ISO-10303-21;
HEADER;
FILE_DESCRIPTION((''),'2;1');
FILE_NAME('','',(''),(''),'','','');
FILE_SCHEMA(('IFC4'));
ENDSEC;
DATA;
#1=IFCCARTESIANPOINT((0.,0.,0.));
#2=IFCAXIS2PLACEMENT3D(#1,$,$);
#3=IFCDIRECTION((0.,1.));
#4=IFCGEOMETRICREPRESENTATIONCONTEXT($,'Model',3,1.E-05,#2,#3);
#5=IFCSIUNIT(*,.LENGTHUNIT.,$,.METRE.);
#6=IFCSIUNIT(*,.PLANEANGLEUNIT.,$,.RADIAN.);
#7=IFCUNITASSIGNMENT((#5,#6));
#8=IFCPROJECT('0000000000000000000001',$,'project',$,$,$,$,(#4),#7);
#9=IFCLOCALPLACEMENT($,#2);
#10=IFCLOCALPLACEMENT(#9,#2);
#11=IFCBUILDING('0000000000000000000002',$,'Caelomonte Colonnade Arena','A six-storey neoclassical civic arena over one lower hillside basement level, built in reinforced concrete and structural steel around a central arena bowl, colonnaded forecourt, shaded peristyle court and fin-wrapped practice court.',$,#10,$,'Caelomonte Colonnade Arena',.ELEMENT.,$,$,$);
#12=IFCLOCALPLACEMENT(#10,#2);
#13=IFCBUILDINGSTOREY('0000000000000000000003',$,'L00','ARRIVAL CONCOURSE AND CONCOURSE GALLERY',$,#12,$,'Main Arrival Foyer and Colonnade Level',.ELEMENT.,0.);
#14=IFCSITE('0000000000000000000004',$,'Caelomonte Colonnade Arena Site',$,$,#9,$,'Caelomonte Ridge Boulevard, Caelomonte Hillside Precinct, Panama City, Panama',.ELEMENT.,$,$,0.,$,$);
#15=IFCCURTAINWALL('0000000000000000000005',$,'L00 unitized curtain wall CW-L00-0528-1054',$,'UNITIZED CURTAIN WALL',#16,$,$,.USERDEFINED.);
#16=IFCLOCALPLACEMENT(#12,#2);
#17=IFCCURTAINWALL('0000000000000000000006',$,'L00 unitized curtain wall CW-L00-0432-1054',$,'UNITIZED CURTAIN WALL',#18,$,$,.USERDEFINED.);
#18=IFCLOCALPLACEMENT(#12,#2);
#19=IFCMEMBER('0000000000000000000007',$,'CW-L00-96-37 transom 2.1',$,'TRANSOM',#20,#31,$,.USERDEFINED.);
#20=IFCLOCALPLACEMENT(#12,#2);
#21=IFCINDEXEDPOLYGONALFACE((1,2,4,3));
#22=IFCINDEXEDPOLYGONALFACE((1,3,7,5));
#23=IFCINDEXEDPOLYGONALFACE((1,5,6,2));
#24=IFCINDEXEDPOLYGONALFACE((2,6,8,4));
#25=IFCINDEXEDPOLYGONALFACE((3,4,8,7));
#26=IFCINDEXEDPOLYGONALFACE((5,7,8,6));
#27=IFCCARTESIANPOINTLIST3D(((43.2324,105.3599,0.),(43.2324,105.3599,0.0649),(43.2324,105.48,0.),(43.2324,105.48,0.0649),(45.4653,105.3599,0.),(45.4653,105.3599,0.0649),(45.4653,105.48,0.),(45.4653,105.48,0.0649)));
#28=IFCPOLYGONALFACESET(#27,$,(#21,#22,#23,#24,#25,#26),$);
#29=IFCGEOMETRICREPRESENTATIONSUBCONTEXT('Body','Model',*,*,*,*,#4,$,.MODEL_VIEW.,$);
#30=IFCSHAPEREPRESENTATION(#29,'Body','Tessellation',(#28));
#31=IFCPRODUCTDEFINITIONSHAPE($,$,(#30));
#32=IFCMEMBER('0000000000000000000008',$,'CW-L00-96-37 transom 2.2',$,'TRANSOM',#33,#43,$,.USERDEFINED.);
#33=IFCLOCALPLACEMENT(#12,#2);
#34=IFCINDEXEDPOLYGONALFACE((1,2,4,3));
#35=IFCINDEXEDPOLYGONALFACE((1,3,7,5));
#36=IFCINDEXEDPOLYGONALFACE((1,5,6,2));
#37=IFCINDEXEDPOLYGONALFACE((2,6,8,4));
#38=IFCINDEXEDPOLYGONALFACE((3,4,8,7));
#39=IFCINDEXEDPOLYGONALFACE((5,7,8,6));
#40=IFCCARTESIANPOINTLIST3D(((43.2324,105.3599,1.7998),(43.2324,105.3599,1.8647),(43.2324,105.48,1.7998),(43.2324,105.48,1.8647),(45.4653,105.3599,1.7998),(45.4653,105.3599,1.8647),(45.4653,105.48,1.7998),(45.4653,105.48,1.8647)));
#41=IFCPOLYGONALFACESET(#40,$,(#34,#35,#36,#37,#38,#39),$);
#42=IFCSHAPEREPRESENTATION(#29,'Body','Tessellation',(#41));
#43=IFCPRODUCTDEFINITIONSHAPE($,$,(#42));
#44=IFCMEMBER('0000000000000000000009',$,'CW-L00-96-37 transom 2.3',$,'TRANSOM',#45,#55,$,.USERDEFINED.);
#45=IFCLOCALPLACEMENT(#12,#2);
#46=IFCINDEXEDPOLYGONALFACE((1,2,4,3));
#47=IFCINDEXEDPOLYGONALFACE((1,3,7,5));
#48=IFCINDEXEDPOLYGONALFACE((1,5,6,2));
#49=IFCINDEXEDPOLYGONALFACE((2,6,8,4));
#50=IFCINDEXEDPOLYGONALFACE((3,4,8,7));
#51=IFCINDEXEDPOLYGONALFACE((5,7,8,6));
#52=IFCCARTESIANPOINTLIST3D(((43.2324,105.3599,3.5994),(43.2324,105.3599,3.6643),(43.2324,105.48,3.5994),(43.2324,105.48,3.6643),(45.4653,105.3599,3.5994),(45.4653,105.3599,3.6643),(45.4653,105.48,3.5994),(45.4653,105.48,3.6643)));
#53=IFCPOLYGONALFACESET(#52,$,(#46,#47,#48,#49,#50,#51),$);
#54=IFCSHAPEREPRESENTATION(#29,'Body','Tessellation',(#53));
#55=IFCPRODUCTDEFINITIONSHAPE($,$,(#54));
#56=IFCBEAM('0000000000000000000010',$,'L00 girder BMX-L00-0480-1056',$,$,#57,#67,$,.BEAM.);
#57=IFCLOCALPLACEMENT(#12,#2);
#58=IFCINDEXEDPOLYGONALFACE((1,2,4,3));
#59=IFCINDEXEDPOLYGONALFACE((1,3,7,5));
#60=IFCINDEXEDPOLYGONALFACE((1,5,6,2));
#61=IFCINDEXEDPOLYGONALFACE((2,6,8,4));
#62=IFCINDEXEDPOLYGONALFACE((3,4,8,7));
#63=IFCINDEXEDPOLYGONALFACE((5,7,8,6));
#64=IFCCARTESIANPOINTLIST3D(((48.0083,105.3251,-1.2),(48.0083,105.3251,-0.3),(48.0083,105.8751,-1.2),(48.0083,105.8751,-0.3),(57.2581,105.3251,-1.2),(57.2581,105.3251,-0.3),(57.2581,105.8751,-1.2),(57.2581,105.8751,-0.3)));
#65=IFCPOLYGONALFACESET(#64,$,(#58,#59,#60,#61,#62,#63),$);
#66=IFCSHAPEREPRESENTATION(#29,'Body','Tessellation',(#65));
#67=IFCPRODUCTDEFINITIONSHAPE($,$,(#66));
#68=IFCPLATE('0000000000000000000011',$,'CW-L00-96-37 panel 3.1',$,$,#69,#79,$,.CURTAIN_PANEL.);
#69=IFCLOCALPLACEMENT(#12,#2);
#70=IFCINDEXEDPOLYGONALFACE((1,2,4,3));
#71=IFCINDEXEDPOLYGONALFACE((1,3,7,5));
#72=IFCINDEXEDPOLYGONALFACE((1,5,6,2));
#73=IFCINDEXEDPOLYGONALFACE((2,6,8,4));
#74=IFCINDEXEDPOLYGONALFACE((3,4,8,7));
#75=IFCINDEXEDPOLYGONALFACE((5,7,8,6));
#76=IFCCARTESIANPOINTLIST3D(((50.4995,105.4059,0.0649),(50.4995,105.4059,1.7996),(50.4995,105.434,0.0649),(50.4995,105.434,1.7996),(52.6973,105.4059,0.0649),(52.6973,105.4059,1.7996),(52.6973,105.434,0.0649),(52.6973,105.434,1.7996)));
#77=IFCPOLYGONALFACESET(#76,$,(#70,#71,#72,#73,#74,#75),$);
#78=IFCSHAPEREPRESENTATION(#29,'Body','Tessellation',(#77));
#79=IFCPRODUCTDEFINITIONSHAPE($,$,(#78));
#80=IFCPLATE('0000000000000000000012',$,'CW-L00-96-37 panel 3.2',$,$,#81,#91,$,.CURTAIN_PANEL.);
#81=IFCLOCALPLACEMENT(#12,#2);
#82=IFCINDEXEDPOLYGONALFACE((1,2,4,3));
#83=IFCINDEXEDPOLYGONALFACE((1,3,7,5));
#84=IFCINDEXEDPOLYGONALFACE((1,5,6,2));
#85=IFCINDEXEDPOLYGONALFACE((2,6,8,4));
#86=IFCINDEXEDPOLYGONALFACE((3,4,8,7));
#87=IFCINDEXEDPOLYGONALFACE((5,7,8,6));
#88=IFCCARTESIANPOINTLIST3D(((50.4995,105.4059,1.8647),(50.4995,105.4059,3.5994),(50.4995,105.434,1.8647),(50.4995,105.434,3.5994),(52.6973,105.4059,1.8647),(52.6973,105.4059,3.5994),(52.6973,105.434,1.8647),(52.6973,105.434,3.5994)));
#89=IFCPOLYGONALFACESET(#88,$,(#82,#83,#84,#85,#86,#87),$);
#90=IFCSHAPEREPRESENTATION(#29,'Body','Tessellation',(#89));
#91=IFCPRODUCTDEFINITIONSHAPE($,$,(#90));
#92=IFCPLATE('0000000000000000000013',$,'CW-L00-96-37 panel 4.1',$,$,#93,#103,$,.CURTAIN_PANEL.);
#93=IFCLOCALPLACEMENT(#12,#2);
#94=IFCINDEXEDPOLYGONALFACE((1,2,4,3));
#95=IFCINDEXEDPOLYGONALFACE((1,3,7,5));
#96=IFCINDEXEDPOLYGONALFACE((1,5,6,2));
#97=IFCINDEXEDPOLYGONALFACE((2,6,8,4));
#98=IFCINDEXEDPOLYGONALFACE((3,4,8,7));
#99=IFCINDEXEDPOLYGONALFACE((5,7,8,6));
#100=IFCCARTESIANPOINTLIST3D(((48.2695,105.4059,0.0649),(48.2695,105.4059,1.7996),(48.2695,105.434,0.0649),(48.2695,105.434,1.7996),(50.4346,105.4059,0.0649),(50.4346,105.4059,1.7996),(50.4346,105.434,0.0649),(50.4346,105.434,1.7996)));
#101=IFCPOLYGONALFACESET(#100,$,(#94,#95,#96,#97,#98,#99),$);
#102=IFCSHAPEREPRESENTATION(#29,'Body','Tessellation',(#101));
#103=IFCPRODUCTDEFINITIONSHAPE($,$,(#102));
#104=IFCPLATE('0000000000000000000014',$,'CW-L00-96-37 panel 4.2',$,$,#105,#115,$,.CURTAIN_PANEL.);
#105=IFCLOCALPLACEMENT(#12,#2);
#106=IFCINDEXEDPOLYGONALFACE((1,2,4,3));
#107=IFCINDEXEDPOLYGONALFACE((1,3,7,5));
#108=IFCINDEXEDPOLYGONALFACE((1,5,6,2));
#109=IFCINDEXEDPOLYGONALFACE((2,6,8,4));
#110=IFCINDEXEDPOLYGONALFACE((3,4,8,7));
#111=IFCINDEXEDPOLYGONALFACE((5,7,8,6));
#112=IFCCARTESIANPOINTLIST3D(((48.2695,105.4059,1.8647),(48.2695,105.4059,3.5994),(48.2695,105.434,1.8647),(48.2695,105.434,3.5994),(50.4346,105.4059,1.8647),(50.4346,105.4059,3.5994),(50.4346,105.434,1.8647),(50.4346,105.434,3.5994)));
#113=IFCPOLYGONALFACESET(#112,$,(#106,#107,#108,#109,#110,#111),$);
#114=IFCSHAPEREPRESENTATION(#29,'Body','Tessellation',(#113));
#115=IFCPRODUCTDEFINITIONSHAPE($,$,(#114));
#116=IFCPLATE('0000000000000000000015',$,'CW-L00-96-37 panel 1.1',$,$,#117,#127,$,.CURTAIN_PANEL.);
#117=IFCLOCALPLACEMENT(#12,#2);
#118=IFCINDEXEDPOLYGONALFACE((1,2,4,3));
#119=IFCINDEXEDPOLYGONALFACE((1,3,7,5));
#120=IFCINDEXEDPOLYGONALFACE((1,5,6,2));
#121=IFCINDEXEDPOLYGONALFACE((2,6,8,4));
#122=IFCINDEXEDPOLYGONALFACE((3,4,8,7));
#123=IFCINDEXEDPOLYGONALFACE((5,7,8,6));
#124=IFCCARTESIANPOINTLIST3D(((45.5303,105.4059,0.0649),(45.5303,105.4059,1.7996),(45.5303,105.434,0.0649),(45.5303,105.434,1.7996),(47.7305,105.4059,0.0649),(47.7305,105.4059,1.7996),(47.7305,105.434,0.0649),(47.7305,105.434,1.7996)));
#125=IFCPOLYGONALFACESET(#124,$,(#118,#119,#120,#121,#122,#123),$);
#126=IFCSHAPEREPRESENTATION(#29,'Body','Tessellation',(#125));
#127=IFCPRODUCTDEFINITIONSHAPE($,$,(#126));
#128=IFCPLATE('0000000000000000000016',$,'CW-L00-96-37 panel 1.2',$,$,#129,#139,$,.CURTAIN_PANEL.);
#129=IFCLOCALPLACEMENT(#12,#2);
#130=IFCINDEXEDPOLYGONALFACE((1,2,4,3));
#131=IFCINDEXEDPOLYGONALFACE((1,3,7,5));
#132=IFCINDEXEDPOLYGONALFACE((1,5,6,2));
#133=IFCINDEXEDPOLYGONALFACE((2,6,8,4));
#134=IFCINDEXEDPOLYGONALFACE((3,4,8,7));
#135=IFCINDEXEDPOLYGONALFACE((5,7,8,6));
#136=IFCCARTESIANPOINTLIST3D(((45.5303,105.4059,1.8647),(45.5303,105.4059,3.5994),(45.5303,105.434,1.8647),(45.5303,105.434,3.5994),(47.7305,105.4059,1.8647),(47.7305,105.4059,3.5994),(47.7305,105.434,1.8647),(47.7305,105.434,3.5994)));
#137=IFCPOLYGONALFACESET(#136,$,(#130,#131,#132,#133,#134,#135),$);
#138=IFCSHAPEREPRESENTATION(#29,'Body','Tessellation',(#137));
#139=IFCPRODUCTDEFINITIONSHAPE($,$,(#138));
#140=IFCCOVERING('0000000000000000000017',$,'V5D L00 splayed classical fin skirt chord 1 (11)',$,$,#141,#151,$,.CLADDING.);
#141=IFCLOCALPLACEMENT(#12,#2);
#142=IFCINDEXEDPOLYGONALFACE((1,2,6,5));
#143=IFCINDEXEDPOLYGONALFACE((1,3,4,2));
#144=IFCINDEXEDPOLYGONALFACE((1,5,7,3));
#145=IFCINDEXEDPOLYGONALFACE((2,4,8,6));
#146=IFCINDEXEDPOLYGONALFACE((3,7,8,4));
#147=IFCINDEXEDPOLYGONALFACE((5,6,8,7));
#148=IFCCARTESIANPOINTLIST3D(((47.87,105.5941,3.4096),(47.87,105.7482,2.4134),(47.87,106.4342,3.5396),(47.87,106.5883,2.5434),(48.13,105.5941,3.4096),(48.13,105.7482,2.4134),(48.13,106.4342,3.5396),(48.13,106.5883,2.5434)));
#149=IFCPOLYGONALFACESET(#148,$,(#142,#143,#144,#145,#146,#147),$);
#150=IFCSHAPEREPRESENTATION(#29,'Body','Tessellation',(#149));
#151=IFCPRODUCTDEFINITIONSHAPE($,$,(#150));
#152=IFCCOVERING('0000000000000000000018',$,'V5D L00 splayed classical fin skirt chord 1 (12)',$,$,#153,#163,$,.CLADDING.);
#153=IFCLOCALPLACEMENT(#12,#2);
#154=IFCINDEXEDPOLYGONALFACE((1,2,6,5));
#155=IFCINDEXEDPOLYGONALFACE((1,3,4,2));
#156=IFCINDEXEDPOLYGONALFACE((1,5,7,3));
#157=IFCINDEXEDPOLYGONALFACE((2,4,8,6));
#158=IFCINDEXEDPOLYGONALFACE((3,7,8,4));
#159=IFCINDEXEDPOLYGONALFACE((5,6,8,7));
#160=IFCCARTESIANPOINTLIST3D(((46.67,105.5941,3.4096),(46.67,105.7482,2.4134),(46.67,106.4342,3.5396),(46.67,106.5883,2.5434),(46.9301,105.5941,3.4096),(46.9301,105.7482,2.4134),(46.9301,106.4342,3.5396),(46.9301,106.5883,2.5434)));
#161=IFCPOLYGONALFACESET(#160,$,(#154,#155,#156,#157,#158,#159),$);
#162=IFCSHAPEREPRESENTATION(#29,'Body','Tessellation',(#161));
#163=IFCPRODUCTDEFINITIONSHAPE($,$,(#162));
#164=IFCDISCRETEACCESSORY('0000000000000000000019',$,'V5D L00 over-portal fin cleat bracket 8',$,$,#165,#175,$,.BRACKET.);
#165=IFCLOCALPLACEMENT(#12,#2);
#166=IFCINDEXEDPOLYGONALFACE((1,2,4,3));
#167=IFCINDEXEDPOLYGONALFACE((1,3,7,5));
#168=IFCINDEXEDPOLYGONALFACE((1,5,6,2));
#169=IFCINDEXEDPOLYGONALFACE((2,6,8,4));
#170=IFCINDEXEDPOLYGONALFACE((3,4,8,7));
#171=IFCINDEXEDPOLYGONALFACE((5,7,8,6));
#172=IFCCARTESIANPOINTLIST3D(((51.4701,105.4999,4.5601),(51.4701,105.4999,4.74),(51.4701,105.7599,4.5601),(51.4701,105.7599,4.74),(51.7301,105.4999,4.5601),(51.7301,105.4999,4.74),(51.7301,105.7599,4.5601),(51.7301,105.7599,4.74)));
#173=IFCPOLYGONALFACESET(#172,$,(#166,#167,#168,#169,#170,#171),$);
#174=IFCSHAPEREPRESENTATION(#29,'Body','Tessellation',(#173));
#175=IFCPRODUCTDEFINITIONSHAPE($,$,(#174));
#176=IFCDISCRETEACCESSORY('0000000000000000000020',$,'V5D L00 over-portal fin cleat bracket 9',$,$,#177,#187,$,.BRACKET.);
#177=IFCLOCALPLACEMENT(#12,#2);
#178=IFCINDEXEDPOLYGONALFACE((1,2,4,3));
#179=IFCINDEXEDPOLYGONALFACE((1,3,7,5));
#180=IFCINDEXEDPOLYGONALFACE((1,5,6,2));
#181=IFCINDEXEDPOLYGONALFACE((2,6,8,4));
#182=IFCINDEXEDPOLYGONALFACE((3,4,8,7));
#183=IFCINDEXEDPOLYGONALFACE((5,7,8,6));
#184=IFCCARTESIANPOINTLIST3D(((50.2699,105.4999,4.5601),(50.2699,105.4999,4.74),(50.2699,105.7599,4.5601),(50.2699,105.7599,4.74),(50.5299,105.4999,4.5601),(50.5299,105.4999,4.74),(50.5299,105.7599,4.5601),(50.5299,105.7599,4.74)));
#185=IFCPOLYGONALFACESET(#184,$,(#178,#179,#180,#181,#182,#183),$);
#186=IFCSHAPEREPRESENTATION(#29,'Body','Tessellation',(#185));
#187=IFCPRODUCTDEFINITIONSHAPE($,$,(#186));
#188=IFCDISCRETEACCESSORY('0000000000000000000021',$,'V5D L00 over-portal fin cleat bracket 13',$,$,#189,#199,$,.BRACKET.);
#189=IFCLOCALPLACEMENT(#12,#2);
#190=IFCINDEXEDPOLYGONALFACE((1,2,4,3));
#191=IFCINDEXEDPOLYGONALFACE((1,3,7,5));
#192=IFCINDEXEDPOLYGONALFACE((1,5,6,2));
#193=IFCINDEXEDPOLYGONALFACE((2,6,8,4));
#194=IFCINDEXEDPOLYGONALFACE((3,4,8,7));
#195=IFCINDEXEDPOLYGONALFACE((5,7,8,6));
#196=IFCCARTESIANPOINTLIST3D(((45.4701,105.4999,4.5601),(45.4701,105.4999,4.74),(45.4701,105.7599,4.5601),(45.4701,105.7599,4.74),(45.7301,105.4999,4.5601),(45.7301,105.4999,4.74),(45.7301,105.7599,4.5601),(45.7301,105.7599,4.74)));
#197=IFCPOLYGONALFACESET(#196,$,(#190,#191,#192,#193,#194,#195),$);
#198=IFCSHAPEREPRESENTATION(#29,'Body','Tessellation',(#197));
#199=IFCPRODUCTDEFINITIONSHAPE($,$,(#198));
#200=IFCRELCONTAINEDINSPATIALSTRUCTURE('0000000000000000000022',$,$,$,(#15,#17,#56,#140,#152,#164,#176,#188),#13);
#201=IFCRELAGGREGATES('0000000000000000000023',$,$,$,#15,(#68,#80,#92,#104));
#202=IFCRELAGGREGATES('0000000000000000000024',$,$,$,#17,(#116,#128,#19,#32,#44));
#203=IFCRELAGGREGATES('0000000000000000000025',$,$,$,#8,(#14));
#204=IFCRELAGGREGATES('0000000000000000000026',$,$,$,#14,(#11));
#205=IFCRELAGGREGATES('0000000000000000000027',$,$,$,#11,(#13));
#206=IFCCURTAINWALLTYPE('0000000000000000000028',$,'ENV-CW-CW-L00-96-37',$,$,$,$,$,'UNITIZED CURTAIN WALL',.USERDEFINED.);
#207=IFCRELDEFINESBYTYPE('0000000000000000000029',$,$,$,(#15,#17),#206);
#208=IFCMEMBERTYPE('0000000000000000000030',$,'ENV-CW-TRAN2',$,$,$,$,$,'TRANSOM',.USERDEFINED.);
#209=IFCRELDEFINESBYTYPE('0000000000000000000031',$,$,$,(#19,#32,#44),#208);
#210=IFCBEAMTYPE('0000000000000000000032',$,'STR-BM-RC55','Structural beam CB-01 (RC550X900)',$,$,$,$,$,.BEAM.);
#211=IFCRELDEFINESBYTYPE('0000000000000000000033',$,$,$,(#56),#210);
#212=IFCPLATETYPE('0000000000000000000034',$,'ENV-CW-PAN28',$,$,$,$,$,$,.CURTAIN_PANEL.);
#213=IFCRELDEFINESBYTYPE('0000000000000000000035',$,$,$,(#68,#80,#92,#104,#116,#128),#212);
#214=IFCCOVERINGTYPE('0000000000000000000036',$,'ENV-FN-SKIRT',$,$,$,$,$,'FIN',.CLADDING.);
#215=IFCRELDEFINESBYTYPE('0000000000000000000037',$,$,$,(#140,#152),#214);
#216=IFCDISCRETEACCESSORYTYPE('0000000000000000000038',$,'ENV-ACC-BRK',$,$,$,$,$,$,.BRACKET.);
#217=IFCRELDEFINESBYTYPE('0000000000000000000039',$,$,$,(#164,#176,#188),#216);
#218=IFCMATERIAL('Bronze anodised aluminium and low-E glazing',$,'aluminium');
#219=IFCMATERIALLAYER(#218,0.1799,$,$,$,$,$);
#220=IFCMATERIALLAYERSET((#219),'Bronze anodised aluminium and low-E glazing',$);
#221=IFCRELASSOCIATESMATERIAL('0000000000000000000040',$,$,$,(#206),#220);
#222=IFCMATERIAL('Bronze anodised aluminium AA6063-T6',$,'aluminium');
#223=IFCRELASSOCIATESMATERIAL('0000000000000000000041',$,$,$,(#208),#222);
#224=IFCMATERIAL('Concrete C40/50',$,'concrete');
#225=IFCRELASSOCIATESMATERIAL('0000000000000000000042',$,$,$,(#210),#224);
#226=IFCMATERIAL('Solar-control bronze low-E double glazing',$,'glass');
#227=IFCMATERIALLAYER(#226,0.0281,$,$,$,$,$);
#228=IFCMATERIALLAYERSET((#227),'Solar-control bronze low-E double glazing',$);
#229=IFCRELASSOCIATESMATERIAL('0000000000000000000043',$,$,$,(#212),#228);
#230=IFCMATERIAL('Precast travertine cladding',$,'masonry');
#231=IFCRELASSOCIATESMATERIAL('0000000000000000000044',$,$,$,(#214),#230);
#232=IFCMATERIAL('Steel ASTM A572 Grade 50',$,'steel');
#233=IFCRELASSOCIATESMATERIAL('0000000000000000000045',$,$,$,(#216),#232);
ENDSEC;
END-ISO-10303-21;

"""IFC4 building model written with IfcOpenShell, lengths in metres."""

from ifc_helpers import new_model, si_unit, direction, frame, origin, origin_2d, place, context, subcontext, project, spatial, rectangle, extrude, material, layer, layer_set, material_profile, profile_set, type_object, element, aggregate, save


model = new_model("IFC4")

# Units and contexts
model_context = context("Model", 3, precision=1e-05, world=origin(), true_north=direction((0.0, 1.0)))
body_context = subcontext(model_context, "Body", "Model", "MODEL_VIEW")
ifc_project = project(units=[si_unit("LENGTHUNIT", "METRE"), si_unit("PLANEANGLEUNIT", "RADIAN")], contexts=[model_context])

# Site, building, storey
site_placement = place(None, origin())
site = spatial("IfcSite", under=ifc_project, at=site_placement, Name="Caelomonte Colonnade Arena Site", LongName="Caelomonte Ridge Boulevard, Caelomonte Hillside Precinct, Panama City, Panama", CompositionType="ELEMENT", RefElevation=0.0)
building_placement = place(site_placement, origin())
building = spatial("IfcBuilding", under=site, at=building_placement, Name="Caelomonte Colonnade Arena", Description="A six-storey neoclassical civic arena over one lower hillside basement level, built in reinforced concrete and structural steel around a central arena bowl, colonnaded forecourt, shaded peristyle court and fin-wrapped practice court.", LongName="Caelomonte Colonnade Arena", CompositionType="ELEMENT")
storey_placement = place(building_placement, origin())
storey = spatial("IfcBuildingStorey", under=building, at=storey_placement, Name="L00", Description="ARRIVAL CONCOURSE AND CONCOURSE GALLERY", LongName="Main Arrival Foyer and Colonnade Level", CompositionType="ELEMENT", Elevation=0.0)

# Curtain walls
ifc_material_1 = material(Name="Bronze anodised aluminium and low-E glazing", Category="aluminium")
ifc_layer_1 = layer(ifc_material_1, 0.1799)
ifc_layer_set_1 = layer_set([ifc_layer_1], Name="Bronze anodised aluminium and low-E glazing")
curtain_wall_type = type_object("IfcCurtainWallType", Name="ENV-CW-CW-L00-96-37", ElementType="UNITIZED CURTAIN WALL", PredefinedType="USERDEFINED", material=ifc_layer_set_1)
curtain_wall_1_placement = place(storey_placement, origin())
curtain_wall_1 = element("IfcCurtainWall", 1, at=curtain_wall_1_placement, inside=storey, type_object=curtain_wall_type, Name="L00 unitized curtain wall CW-L00-0528-1054", ObjectType="UNITIZED CURTAIN WALL", PredefinedType="USERDEFINED")
ifc_material_2 = material(Name="Bronze anodised aluminium AA6063-T6", Category="aluminium")
curtain_wall_2_placement = place(storey_placement, origin())
curtain_wall_2 = element("IfcCurtainWall", 2, at=curtain_wall_2_placement, inside=storey, type_object=curtain_wall_type, Name="L00 unitized curtain wall CW-L00-0432-1054", ObjectType="UNITIZED CURTAIN WALL", PredefinedType="USERDEFINED")

# Members
ifc_material_profile_1 = material_profile(ifc_material_2, rectangle(XDim=0.0649, YDim=0.1201, at=origin_2d()), Name="CWT-65X120")
ifc_profile_set_1 = profile_set([ifc_material_profile_1], Name="Bronze anodised aluminium AA6063-T6")
member_type_1 = type_object("IfcMemberType", Name="ENV-CW-TRAN2", ElementType="TRANSOM", PredefinedType="USERDEFINED", material=ifc_profile_set_1)
member_1_placement = place(storey_placement, frame((45.4653, 105.4199, 0.0325), z_axis=(-1.0, 0.0, 0.0), x_axis=(0.0, 0.0, 1.0)))
member_1 = element("IfcMember", 3, at=member_1_placement, type_object=member_type_1, Name="CW-L00-96-37 transom 2.1", ObjectType="TRANSOM", PredefinedType="USERDEFINED", context=body_context, shape_type="SweptSolid", body=[
    extrude(rectangle(XDim=0.0649, YDim=0.1201, at=origin_2d()), origin(), (0.0, 0.0, 1.0), 2.2329),
])
member_2_placement = place(storey_placement, frame((45.4653, 105.4199, 1.8323), z_axis=(-1.0, 0.0, 0.0), x_axis=(0.0, 0.0, 1.0)))
member_2 = element("IfcMember", 4, at=member_2_placement, type_object=member_type_1, Name="CW-L00-96-37 transom 2.2", ObjectType="TRANSOM", PredefinedType="USERDEFINED", context=body_context, shape_type="SweptSolid", body=[
    extrude(rectangle(XDim=0.0649, YDim=0.1201, at=origin_2d()), origin(), (0.0, 0.0, 1.0), 2.2329),
])
member_3_placement = place(storey_placement, frame((45.4653, 105.4199, 3.6318), z_axis=(-1.0, 0.0, 0.0), x_axis=(0.0, 0.0, 1.0)))
member_3 = element("IfcMember", 5, at=member_3_placement, type_object=member_type_1, Name="CW-L00-96-37 transom 2.3", ObjectType="TRANSOM", PredefinedType="USERDEFINED", context=body_context, shape_type="SweptSolid", body=[
    extrude(rectangle(XDim=0.0649, YDim=0.1201, at=origin_2d()), origin(), (0.0, 0.0, 1.0), 2.2329),
])

# Beam
ifc_material_3 = material(Name="Concrete C40/50", Category="concrete")
ifc_material_profile_2 = material_profile(ifc_material_3, rectangle(XDim=0.55, YDim=0.8999, at=origin_2d()), Name="RC550X900")
ifc_profile_set_2 = profile_set([ifc_material_profile_2], Name="Concrete C40/50")
beam_type = type_object("IfcBeamType", Name="STR-BM-RC55", Description="Structural beam CB-01 (RC550X900)", PredefinedType="BEAM", material=ifc_profile_set_2)
beam_placement = place(storey_placement, frame((48.0083, 105.6001, -0.75), z_axis=(1.0, 0.0, 0.0), x_axis=(0.0, 1.0, 0.0)))
element("IfcBeam", 6, at=beam_placement, inside=storey, type_object=beam_type, Name="L00 girder BMX-L00-0480-1056", PredefinedType="BEAM", context=body_context, shape_type="SweptSolid", body=[
    extrude(rectangle(XDim=0.55, YDim=0.8999, at=origin_2d()), origin(), (0.0, 0.0, 1.0), 9.2498),
])

# Plates
ifc_material_4 = material(Name="Solar-control bronze low-E double glazing", Category="glass")
ifc_layer_2 = layer(ifc_material_4, 0.0281)
ifc_layer_set_2 = layer_set([ifc_layer_2], Name="Solar-control bronze low-E double glazing")
plate_type = type_object("IfcPlateType", Name="ENV-CW-PAN28", PredefinedType="CURTAIN_PANEL", material=ifc_layer_set_2)
plate_1_placement = place(storey_placement, frame((51.5984, 105.4199, 0.0649), z_axis=(0.0, 0.0, 1.0), x_axis=(-1.0, 0.0, 0.0)))
plate_1 = element("IfcPlate", 7, at=plate_1_placement, type_object=plate_type, Name="CW-L00-96-37 panel 3.1", PredefinedType="CURTAIN_PANEL", context=body_context, shape_type="SweptSolid", body=[
    extrude(rectangle(XDim=2.1978, YDim=0.0281, at=origin_2d()), origin(), (0.0, 0.0, 1.0), 1.7346),
])
plate_2_placement = place(storey_placement, frame((51.5984, 105.4199, 1.8647), z_axis=(0.0, 0.0, 1.0), x_axis=(-1.0, 0.0, 0.0)))
plate_2 = element("IfcPlate", 8, at=plate_2_placement, type_object=plate_type, Name="CW-L00-96-37 panel 3.2", PredefinedType="CURTAIN_PANEL", context=body_context, shape_type="SweptSolid", body=[
    extrude(rectangle(XDim=2.1978, YDim=0.0281, at=origin_2d()), origin(), (0.0, 0.0, 1.0), 1.7346),
])
plate_3_placement = place(storey_placement, frame((49.3521, 105.4199, 0.0649), z_axis=(0.0, 0.0, 1.0), x_axis=(-1.0, 0.0, 0.0)))
plate_3 = element("IfcPlate", 9, at=plate_3_placement, type_object=plate_type, Name="CW-L00-96-37 panel 4.1", PredefinedType="CURTAIN_PANEL", context=body_context, shape_type="SweptSolid", body=[
    extrude(rectangle(XDim=2.165, YDim=0.0281, at=origin_2d()), origin(), (0.0, 0.0, 1.0), 1.7346),
])
plate_4_placement = place(storey_placement, frame((49.3521, 105.4199, 1.8647), z_axis=(0.0, 0.0, 1.0), x_axis=(-1.0, 0.0, 0.0)))
plate_4 = element("IfcPlate", 10, at=plate_4_placement, type_object=plate_type, Name="CW-L00-96-37 panel 4.2", PredefinedType="CURTAIN_PANEL", context=body_context, shape_type="SweptSolid", body=[
    extrude(rectangle(XDim=2.165, YDim=0.0281, at=origin_2d()), origin(), (0.0, 0.0, 1.0), 1.7346),
])
aggregate(curtain_wall_1, [plate_1, plate_2, plate_3, plate_4])
plate_5_placement = place(storey_placement, frame((46.6304, 105.4199, 0.0649), z_axis=(0.0, 0.0, 1.0), x_axis=(-1.0, 0.0, 0.0)))
plate_5 = element("IfcPlate", 11, at=plate_5_placement, type_object=plate_type, Name="CW-L00-96-37 panel 1.1", PredefinedType="CURTAIN_PANEL", context=body_context, shape_type="SweptSolid", body=[
    extrude(rectangle(XDim=2.2002, YDim=0.0281, at=origin_2d()), origin(), (0.0, 0.0, 1.0), 1.7346),
])
plate_6_placement = place(storey_placement, frame((46.6304, 105.4199, 1.8647), z_axis=(0.0, 0.0, 1.0), x_axis=(-1.0, 0.0, 0.0)))
plate_6 = element("IfcPlate", 12, at=plate_6_placement, type_object=plate_type, Name="CW-L00-96-37 panel 1.2", PredefinedType="CURTAIN_PANEL", context=body_context, shape_type="SweptSolid", body=[
    extrude(rectangle(XDim=2.2002, YDim=0.0281, at=origin_2d()), origin(), (0.0, 0.0, 1.0), 1.7346),
])
aggregate(curtain_wall_2, [plate_5, plate_6, member_1, member_2, member_3])

# Coverings
ifc_material_5 = material(Name="Precast travertine cladding", Category="masonry")
ifc_material_profile_3 = material_profile(ifc_material_5, rectangle(XDim=0.26, YDim=0.8501, at=origin_2d()), Name="FIN260X850")
ifc_profile_set_3 = profile_set([ifc_material_profile_3], Name="Precast travertine cladding")
covering_type = type_object("IfcCoveringType", Name="ENV-FN-SKIRT", ElementType="FIN", PredefinedType="CLADDING", material=ifc_profile_set_3)
for number, where, z_axis, x_axis, name in (
    (13, (48.0, 106.0142, 3.4746), (0.0, 0.15284, -0.988251), (-1.0, 0.0, 0.0), "V5D L00 splayed classical fin skirt chord 1 (11)"),
    (14, (46.8, 106.0142, 3.4746), (0.0, 0.15284, -0.988251), (-1.0, 0.0, 0.0), "V5D L00 splayed classical fin skirt chord 1 (12)"),
):
    element("IfcCovering", number, at=place(storey_placement, frame(where, z_axis=z_axis, x_axis=x_axis)), inside=storey, type_object=covering_type, Name=name, PredefinedType="CLADDING", context=body_context, shape_type="SweptSolid", body=[
        extrude(rectangle(XDim=0.26, YDim=0.8501, at=origin_2d()), origin(), (0.0, 0.0, 1.0), 1.0081),
    ])

# Discrete accessories
ifc_material_6 = material(Name="Steel ASTM A572 Grade 50", Category="steel")
discrete_accessory_type = type_object("IfcDiscreteAccessoryType", Name="ENV-ACC-BRK", PredefinedType="BRACKET", material=ifc_material_6)
for number, where, z_axis, x_axis, name in (
    (15, (51.6001, 105.6299, 4.5601), (0.0, 0.0, 1.0), (-1.0, 0.0, 0.0), "V5D L00 over-portal fin cleat bracket 8"),
    (16, (50.3999, 105.6299, 4.5601), (0.0, 0.0, 1.0), (-1.0, 0.0, 0.0), "V5D L00 over-portal fin cleat bracket 9"),
    (17, (45.6001, 105.6299, 4.5601), (0.0, 0.0, 1.0), (-1.0, 0.0, 0.0), "V5D L00 over-portal fin cleat bracket 13"),
):
    element("IfcDiscreteAccessory", number, at=place(storey_placement, frame(where, z_axis=z_axis, x_axis=x_axis)), inside=storey, type_object=discrete_accessory_type, Name=name, PredefinedType="BRACKET", context=body_context, shape_type="SweptSolid", body=[
        extrude(rectangle(XDim=0.26, YDim=0.26, at=origin_2d()), origin(), (0.0, 0.0, 1.0), 0.1799),
    ])

save(model, "model.ifc")
